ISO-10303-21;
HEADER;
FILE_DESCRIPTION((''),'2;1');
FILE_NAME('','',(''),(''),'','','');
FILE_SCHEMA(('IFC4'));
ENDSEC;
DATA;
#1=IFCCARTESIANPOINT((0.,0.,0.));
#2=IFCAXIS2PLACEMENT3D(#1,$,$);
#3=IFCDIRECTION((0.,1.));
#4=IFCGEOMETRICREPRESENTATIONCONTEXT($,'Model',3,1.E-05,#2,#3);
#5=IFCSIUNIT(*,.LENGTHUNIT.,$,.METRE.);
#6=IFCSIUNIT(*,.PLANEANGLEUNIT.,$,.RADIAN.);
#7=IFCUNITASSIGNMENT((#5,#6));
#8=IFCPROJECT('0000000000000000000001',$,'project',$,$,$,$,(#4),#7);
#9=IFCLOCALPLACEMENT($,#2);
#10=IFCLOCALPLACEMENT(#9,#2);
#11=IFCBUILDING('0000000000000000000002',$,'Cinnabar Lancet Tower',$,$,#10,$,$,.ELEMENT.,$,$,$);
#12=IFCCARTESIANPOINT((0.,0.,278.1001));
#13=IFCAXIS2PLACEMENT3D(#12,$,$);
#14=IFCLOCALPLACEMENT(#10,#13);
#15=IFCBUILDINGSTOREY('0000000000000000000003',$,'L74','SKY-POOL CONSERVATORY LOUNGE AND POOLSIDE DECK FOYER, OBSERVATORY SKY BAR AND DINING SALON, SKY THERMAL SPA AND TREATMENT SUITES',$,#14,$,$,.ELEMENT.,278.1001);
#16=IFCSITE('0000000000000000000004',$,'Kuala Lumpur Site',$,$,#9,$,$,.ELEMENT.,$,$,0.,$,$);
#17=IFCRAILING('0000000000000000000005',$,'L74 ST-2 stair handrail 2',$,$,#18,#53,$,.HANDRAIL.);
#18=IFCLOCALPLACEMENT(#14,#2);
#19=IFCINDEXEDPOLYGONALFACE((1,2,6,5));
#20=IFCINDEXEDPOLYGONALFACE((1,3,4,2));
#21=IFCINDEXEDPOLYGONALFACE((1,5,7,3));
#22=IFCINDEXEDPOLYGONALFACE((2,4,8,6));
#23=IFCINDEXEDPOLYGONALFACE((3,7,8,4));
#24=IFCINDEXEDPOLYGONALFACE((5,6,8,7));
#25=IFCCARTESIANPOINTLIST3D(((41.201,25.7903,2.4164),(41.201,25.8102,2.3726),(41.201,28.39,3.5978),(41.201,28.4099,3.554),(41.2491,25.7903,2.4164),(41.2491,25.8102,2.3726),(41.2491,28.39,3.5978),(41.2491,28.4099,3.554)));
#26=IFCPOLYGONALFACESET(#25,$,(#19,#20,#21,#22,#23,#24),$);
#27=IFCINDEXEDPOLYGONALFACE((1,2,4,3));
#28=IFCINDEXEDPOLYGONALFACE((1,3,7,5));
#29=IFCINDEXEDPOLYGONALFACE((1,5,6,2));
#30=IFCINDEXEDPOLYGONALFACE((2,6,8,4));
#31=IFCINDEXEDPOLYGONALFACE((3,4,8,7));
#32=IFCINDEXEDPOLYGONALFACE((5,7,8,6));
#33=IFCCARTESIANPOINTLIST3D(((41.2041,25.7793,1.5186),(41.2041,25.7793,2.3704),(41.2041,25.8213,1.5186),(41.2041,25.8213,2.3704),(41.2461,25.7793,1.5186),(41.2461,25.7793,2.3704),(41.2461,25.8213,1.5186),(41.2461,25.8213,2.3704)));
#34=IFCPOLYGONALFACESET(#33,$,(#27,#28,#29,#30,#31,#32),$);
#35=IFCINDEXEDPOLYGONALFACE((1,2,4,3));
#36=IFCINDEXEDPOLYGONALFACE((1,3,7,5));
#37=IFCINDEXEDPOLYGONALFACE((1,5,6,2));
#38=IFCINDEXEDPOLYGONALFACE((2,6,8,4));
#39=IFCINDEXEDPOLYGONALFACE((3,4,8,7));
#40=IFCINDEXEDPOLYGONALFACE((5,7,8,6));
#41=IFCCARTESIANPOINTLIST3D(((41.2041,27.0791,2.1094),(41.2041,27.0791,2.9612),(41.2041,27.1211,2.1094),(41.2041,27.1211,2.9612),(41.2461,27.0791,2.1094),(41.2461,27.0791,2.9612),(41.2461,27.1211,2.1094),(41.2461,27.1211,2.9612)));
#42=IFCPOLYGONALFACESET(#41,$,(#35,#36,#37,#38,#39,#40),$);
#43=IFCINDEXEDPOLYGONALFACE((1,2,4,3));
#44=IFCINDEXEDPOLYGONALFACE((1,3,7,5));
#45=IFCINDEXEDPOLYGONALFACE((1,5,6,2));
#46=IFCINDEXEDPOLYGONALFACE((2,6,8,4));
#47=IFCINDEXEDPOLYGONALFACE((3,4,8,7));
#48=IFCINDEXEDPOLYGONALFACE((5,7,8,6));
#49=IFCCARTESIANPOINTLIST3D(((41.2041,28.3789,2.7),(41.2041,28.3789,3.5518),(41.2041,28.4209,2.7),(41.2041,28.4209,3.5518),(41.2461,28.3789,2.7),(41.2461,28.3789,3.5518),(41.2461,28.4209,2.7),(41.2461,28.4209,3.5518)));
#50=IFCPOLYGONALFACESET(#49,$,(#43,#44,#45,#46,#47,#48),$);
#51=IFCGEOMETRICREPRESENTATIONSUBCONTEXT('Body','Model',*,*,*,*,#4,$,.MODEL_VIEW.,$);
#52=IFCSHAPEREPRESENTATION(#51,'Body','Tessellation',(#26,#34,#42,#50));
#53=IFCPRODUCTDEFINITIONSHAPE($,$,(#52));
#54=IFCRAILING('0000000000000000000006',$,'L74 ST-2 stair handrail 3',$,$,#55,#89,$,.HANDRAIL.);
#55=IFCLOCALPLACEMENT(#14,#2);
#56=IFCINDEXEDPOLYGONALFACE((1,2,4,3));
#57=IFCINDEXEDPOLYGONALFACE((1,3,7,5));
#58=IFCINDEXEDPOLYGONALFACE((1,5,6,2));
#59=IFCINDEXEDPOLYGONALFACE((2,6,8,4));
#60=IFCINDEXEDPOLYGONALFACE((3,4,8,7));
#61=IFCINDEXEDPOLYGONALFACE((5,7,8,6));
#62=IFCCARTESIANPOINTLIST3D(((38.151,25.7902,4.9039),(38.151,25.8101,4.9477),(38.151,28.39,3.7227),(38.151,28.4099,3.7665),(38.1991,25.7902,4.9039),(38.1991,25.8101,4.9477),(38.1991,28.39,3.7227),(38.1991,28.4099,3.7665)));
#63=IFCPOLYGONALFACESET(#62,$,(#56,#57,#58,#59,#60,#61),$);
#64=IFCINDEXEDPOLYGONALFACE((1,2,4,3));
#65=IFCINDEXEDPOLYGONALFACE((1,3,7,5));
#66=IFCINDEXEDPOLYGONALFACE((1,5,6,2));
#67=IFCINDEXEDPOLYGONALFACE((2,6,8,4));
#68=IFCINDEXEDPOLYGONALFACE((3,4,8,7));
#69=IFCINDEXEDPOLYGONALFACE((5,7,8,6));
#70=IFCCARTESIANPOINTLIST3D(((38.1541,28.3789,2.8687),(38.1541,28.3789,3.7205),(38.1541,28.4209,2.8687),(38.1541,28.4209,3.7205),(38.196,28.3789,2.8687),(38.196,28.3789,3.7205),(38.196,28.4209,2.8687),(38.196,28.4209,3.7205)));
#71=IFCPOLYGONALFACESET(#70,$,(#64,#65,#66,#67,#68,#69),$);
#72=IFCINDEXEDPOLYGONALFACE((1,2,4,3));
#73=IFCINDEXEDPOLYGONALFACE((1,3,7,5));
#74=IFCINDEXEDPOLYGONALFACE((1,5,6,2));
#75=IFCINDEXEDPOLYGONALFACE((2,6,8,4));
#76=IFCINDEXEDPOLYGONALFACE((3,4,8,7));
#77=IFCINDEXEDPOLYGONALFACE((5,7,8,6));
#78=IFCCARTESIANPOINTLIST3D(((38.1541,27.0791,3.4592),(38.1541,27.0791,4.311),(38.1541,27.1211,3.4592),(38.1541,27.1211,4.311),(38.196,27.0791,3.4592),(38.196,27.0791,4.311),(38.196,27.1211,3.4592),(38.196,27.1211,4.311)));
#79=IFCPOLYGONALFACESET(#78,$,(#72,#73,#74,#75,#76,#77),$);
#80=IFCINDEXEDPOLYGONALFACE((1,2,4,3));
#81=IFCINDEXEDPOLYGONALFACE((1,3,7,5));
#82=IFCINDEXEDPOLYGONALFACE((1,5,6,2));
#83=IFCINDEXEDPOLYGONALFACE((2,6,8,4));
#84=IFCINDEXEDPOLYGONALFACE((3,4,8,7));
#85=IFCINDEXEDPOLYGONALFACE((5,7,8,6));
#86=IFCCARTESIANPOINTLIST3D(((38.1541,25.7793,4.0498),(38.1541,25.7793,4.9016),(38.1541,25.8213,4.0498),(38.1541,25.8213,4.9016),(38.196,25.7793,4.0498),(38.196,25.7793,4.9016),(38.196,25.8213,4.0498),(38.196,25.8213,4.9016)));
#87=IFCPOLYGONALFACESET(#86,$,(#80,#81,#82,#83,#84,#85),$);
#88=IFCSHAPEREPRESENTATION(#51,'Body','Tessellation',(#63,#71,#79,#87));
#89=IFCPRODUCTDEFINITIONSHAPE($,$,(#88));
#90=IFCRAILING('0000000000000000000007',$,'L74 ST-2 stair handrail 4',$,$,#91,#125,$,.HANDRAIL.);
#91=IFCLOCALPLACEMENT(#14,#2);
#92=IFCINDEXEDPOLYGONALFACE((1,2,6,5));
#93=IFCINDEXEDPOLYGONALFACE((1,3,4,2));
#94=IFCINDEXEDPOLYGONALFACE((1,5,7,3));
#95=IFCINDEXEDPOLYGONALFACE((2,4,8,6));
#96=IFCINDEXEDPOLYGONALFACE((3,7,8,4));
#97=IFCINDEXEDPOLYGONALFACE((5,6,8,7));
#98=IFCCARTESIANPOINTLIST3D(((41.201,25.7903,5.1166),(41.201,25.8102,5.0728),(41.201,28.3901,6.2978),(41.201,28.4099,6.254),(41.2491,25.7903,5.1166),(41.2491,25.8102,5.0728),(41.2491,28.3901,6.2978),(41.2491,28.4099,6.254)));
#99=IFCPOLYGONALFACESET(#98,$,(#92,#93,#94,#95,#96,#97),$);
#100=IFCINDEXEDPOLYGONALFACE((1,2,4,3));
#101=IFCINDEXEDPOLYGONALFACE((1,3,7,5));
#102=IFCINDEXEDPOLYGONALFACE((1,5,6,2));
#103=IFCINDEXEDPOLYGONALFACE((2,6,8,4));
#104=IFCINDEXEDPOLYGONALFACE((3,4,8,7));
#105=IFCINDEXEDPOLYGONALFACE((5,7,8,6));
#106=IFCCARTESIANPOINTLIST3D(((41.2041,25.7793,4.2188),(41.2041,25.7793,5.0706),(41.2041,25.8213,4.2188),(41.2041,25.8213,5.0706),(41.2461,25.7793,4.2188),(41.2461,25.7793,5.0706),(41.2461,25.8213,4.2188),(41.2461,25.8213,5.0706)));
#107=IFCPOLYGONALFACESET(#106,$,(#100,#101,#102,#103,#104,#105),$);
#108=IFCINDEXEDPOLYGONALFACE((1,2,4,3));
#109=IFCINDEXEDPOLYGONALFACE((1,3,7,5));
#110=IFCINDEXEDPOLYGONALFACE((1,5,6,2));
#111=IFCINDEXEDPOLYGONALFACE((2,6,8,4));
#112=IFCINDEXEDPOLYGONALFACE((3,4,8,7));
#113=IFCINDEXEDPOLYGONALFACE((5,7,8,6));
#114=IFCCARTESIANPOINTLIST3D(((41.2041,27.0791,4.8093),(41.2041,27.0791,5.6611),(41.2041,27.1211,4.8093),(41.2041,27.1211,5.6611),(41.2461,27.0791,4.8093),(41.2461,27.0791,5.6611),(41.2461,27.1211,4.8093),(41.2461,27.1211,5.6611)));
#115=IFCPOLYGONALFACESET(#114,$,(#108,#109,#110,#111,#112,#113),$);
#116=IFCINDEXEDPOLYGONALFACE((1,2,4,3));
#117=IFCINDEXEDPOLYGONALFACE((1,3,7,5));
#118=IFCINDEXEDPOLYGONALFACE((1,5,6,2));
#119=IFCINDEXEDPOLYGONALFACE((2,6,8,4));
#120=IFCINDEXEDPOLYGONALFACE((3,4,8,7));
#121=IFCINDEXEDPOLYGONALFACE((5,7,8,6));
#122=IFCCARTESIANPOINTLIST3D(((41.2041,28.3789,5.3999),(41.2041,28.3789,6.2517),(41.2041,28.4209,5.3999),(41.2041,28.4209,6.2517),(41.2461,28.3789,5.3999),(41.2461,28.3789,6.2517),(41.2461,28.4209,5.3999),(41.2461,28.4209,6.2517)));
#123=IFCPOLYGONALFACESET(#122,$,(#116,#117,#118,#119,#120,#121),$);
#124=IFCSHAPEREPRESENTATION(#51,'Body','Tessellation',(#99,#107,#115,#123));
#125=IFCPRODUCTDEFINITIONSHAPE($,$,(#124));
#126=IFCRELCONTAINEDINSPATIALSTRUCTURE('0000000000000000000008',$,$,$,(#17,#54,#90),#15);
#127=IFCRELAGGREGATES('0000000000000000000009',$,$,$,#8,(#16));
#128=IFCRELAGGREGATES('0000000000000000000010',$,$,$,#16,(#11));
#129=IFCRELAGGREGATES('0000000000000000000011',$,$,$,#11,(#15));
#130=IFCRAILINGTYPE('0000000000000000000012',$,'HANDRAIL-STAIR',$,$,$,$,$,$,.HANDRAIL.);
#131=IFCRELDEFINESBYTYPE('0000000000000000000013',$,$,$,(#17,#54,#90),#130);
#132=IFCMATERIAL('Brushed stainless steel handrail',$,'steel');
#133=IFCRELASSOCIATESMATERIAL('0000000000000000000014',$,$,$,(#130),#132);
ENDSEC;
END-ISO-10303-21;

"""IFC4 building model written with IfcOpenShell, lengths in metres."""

from ifc_helpers import new_model, si_unit, direction, frame, origin, origin_2d, place, context, subcontext, project, spatial, rectangle, extrude, material, type_object, element, save


model = new_model("IFC4")

# Units and contexts
model_context = context("Model", 3, precision=1e-05, world=origin(), true_north=direction((0.0, 1.0)))
body_context = subcontext(model_context, "Body", "Model", "MODEL_VIEW")
ifc_project = project(units=[si_unit("LENGTHUNIT", "METRE"), si_unit("PLANEANGLEUNIT", "RADIAN")], contexts=[model_context])

# Site, building, storey
site_placement = place(None, origin())
site = spatial("IfcSite", under=ifc_project, at=site_placement, Name="Kuala Lumpur Site", CompositionType="ELEMENT", RefElevation=0.0)
building_placement = place(site_placement, origin())
building = spatial("IfcBuilding", under=site, at=building_placement, Name="Cinnabar Lancet Tower", CompositionType="ELEMENT")
storey_placement = place(building_placement, frame((0.0, 0.0, 278.1001)))
storey = spatial("IfcBuildingStorey", under=building, at=storey_placement, Name="L74", Description="SKY-POOL CONSERVATORY LOUNGE AND POOLSIDE DECK FOYER, OBSERVATORY SKY BAR AND DINING SALON, SKY THERMAL SPA AND TREATMENT SUITES", CompositionType="ELEMENT", Elevation=278.1001)

# Railings
ifc_material_1 = material(Name="Brushed stainless steel handrail", Category="steel")
railing_type_1 = type_object("IfcRailingType", Name="HANDRAIL-STAIR", PredefinedType="HANDRAIL", material=ifc_material_1)
railing_1_placement = place(storey_placement, frame((41.2251, 25.8003, 1.5186)))
element("IfcRailing", 1, at=railing_1_placement, inside=storey, type_object=railing_type_1, Name="L74 ST-2 stair handrail 2", PredefinedType="HANDRAIL", context=body_context, shape_type="SweptSolid", body=[
    extrude(rectangle(XDim=0.0481, YDim=0.0481, at=origin_2d()), frame((0.0, 0.0, 0.876), z_axis=(0.0, 0.910399, 0.413732), x_axis=(-1.0, 0.0, 0.0)), (0.0, 0.0, 1.0), 2.8555),
    extrude(rectangle(XDim=0.042, YDim=0.042, at=origin_2d()), origin(), (0.0, 0.0, 1.0), 0.8518),
    extrude(rectangle(XDim=0.042, YDim=0.042, at=origin_2d()), frame((0.0, 1.2998, 0.5908)), (0.0, 0.0, 1.0), 0.8518),
    extrude(rectangle(XDim=0.042, YDim=0.042, at=origin_2d()), frame((0.0, 2.5996, 1.1814)), (0.0, 0.0, 1.0), 0.8518),
])
railing_2_placement = place(storey_placement, frame((38.175, 28.3999, 2.8687)))
element("IfcRailing", 2, at=railing_2_placement, inside=storey, type_object=railing_type_1, Name="L74 ST-2 stair handrail 3", PredefinedType="HANDRAIL", context=body_context, shape_type="SweptSolid", body=[
    extrude(rectangle(XDim=0.0481, YDim=0.0481, at=origin_2d()), frame((0.0, 0.0, 0.876), z_axis=(0.0, -0.910431, 0.413661), x_axis=(1.0, 0.0, 0.0)), (0.0, 0.0, 1.0), 2.8555),
    extrude(rectangle(XDim=0.042, YDim=0.042, at=origin_2d()), origin(), (0.0, 0.0, 1.0), 0.8518),
    extrude(rectangle(XDim=0.042, YDim=0.042, at=origin_2d()), frame((0.0, -1.2998, 0.5906)), (0.0, 0.0, 1.0), 0.8518),
    extrude(rectangle(XDim=0.042, YDim=0.042, at=origin_2d()), frame((0.0, -2.5996, 1.1812)), (0.0, 0.0, 1.0), 0.8518),
])
railing_3_placement = place(storey_placement, frame((41.2251, 25.8003, 4.2188)))
element("IfcRailing", 3, at=railing_3_placement, inside=storey, type_object=railing_type_1, Name="L74 ST-2 stair handrail 4", PredefinedType="HANDRAIL", context=body_context, shape_type="SweptSolid", body=[
    extrude(rectangle(XDim=0.0481, YDim=0.0481, at=origin_2d()), frame((0.0, 0.0, 0.876), z_axis=(0.0, 0.910431, 0.413661), x_axis=(-1.0, 0.0, 0.0)), (0.0, 0.0, 1.0), 2.8555),
    extrude(rectangle(XDim=0.042, YDim=0.042, at=origin_2d()), origin(), (0.0, 0.0, 1.0), 0.8518),
    extrude(rectangle(XDim=0.042, YDim=0.042, at=origin_2d()), frame((0.0, 1.2998, 0.5906)), (0.0, 0.0, 1.0), 0.8518),
    extrude(rectangle(XDim=0.042, YDim=0.042, at=origin_2d()), frame((0.0, 2.5996, 1.1812)), (0.0, 0.0, 1.0), 0.8518),
])

save(model, "model.ifc")
